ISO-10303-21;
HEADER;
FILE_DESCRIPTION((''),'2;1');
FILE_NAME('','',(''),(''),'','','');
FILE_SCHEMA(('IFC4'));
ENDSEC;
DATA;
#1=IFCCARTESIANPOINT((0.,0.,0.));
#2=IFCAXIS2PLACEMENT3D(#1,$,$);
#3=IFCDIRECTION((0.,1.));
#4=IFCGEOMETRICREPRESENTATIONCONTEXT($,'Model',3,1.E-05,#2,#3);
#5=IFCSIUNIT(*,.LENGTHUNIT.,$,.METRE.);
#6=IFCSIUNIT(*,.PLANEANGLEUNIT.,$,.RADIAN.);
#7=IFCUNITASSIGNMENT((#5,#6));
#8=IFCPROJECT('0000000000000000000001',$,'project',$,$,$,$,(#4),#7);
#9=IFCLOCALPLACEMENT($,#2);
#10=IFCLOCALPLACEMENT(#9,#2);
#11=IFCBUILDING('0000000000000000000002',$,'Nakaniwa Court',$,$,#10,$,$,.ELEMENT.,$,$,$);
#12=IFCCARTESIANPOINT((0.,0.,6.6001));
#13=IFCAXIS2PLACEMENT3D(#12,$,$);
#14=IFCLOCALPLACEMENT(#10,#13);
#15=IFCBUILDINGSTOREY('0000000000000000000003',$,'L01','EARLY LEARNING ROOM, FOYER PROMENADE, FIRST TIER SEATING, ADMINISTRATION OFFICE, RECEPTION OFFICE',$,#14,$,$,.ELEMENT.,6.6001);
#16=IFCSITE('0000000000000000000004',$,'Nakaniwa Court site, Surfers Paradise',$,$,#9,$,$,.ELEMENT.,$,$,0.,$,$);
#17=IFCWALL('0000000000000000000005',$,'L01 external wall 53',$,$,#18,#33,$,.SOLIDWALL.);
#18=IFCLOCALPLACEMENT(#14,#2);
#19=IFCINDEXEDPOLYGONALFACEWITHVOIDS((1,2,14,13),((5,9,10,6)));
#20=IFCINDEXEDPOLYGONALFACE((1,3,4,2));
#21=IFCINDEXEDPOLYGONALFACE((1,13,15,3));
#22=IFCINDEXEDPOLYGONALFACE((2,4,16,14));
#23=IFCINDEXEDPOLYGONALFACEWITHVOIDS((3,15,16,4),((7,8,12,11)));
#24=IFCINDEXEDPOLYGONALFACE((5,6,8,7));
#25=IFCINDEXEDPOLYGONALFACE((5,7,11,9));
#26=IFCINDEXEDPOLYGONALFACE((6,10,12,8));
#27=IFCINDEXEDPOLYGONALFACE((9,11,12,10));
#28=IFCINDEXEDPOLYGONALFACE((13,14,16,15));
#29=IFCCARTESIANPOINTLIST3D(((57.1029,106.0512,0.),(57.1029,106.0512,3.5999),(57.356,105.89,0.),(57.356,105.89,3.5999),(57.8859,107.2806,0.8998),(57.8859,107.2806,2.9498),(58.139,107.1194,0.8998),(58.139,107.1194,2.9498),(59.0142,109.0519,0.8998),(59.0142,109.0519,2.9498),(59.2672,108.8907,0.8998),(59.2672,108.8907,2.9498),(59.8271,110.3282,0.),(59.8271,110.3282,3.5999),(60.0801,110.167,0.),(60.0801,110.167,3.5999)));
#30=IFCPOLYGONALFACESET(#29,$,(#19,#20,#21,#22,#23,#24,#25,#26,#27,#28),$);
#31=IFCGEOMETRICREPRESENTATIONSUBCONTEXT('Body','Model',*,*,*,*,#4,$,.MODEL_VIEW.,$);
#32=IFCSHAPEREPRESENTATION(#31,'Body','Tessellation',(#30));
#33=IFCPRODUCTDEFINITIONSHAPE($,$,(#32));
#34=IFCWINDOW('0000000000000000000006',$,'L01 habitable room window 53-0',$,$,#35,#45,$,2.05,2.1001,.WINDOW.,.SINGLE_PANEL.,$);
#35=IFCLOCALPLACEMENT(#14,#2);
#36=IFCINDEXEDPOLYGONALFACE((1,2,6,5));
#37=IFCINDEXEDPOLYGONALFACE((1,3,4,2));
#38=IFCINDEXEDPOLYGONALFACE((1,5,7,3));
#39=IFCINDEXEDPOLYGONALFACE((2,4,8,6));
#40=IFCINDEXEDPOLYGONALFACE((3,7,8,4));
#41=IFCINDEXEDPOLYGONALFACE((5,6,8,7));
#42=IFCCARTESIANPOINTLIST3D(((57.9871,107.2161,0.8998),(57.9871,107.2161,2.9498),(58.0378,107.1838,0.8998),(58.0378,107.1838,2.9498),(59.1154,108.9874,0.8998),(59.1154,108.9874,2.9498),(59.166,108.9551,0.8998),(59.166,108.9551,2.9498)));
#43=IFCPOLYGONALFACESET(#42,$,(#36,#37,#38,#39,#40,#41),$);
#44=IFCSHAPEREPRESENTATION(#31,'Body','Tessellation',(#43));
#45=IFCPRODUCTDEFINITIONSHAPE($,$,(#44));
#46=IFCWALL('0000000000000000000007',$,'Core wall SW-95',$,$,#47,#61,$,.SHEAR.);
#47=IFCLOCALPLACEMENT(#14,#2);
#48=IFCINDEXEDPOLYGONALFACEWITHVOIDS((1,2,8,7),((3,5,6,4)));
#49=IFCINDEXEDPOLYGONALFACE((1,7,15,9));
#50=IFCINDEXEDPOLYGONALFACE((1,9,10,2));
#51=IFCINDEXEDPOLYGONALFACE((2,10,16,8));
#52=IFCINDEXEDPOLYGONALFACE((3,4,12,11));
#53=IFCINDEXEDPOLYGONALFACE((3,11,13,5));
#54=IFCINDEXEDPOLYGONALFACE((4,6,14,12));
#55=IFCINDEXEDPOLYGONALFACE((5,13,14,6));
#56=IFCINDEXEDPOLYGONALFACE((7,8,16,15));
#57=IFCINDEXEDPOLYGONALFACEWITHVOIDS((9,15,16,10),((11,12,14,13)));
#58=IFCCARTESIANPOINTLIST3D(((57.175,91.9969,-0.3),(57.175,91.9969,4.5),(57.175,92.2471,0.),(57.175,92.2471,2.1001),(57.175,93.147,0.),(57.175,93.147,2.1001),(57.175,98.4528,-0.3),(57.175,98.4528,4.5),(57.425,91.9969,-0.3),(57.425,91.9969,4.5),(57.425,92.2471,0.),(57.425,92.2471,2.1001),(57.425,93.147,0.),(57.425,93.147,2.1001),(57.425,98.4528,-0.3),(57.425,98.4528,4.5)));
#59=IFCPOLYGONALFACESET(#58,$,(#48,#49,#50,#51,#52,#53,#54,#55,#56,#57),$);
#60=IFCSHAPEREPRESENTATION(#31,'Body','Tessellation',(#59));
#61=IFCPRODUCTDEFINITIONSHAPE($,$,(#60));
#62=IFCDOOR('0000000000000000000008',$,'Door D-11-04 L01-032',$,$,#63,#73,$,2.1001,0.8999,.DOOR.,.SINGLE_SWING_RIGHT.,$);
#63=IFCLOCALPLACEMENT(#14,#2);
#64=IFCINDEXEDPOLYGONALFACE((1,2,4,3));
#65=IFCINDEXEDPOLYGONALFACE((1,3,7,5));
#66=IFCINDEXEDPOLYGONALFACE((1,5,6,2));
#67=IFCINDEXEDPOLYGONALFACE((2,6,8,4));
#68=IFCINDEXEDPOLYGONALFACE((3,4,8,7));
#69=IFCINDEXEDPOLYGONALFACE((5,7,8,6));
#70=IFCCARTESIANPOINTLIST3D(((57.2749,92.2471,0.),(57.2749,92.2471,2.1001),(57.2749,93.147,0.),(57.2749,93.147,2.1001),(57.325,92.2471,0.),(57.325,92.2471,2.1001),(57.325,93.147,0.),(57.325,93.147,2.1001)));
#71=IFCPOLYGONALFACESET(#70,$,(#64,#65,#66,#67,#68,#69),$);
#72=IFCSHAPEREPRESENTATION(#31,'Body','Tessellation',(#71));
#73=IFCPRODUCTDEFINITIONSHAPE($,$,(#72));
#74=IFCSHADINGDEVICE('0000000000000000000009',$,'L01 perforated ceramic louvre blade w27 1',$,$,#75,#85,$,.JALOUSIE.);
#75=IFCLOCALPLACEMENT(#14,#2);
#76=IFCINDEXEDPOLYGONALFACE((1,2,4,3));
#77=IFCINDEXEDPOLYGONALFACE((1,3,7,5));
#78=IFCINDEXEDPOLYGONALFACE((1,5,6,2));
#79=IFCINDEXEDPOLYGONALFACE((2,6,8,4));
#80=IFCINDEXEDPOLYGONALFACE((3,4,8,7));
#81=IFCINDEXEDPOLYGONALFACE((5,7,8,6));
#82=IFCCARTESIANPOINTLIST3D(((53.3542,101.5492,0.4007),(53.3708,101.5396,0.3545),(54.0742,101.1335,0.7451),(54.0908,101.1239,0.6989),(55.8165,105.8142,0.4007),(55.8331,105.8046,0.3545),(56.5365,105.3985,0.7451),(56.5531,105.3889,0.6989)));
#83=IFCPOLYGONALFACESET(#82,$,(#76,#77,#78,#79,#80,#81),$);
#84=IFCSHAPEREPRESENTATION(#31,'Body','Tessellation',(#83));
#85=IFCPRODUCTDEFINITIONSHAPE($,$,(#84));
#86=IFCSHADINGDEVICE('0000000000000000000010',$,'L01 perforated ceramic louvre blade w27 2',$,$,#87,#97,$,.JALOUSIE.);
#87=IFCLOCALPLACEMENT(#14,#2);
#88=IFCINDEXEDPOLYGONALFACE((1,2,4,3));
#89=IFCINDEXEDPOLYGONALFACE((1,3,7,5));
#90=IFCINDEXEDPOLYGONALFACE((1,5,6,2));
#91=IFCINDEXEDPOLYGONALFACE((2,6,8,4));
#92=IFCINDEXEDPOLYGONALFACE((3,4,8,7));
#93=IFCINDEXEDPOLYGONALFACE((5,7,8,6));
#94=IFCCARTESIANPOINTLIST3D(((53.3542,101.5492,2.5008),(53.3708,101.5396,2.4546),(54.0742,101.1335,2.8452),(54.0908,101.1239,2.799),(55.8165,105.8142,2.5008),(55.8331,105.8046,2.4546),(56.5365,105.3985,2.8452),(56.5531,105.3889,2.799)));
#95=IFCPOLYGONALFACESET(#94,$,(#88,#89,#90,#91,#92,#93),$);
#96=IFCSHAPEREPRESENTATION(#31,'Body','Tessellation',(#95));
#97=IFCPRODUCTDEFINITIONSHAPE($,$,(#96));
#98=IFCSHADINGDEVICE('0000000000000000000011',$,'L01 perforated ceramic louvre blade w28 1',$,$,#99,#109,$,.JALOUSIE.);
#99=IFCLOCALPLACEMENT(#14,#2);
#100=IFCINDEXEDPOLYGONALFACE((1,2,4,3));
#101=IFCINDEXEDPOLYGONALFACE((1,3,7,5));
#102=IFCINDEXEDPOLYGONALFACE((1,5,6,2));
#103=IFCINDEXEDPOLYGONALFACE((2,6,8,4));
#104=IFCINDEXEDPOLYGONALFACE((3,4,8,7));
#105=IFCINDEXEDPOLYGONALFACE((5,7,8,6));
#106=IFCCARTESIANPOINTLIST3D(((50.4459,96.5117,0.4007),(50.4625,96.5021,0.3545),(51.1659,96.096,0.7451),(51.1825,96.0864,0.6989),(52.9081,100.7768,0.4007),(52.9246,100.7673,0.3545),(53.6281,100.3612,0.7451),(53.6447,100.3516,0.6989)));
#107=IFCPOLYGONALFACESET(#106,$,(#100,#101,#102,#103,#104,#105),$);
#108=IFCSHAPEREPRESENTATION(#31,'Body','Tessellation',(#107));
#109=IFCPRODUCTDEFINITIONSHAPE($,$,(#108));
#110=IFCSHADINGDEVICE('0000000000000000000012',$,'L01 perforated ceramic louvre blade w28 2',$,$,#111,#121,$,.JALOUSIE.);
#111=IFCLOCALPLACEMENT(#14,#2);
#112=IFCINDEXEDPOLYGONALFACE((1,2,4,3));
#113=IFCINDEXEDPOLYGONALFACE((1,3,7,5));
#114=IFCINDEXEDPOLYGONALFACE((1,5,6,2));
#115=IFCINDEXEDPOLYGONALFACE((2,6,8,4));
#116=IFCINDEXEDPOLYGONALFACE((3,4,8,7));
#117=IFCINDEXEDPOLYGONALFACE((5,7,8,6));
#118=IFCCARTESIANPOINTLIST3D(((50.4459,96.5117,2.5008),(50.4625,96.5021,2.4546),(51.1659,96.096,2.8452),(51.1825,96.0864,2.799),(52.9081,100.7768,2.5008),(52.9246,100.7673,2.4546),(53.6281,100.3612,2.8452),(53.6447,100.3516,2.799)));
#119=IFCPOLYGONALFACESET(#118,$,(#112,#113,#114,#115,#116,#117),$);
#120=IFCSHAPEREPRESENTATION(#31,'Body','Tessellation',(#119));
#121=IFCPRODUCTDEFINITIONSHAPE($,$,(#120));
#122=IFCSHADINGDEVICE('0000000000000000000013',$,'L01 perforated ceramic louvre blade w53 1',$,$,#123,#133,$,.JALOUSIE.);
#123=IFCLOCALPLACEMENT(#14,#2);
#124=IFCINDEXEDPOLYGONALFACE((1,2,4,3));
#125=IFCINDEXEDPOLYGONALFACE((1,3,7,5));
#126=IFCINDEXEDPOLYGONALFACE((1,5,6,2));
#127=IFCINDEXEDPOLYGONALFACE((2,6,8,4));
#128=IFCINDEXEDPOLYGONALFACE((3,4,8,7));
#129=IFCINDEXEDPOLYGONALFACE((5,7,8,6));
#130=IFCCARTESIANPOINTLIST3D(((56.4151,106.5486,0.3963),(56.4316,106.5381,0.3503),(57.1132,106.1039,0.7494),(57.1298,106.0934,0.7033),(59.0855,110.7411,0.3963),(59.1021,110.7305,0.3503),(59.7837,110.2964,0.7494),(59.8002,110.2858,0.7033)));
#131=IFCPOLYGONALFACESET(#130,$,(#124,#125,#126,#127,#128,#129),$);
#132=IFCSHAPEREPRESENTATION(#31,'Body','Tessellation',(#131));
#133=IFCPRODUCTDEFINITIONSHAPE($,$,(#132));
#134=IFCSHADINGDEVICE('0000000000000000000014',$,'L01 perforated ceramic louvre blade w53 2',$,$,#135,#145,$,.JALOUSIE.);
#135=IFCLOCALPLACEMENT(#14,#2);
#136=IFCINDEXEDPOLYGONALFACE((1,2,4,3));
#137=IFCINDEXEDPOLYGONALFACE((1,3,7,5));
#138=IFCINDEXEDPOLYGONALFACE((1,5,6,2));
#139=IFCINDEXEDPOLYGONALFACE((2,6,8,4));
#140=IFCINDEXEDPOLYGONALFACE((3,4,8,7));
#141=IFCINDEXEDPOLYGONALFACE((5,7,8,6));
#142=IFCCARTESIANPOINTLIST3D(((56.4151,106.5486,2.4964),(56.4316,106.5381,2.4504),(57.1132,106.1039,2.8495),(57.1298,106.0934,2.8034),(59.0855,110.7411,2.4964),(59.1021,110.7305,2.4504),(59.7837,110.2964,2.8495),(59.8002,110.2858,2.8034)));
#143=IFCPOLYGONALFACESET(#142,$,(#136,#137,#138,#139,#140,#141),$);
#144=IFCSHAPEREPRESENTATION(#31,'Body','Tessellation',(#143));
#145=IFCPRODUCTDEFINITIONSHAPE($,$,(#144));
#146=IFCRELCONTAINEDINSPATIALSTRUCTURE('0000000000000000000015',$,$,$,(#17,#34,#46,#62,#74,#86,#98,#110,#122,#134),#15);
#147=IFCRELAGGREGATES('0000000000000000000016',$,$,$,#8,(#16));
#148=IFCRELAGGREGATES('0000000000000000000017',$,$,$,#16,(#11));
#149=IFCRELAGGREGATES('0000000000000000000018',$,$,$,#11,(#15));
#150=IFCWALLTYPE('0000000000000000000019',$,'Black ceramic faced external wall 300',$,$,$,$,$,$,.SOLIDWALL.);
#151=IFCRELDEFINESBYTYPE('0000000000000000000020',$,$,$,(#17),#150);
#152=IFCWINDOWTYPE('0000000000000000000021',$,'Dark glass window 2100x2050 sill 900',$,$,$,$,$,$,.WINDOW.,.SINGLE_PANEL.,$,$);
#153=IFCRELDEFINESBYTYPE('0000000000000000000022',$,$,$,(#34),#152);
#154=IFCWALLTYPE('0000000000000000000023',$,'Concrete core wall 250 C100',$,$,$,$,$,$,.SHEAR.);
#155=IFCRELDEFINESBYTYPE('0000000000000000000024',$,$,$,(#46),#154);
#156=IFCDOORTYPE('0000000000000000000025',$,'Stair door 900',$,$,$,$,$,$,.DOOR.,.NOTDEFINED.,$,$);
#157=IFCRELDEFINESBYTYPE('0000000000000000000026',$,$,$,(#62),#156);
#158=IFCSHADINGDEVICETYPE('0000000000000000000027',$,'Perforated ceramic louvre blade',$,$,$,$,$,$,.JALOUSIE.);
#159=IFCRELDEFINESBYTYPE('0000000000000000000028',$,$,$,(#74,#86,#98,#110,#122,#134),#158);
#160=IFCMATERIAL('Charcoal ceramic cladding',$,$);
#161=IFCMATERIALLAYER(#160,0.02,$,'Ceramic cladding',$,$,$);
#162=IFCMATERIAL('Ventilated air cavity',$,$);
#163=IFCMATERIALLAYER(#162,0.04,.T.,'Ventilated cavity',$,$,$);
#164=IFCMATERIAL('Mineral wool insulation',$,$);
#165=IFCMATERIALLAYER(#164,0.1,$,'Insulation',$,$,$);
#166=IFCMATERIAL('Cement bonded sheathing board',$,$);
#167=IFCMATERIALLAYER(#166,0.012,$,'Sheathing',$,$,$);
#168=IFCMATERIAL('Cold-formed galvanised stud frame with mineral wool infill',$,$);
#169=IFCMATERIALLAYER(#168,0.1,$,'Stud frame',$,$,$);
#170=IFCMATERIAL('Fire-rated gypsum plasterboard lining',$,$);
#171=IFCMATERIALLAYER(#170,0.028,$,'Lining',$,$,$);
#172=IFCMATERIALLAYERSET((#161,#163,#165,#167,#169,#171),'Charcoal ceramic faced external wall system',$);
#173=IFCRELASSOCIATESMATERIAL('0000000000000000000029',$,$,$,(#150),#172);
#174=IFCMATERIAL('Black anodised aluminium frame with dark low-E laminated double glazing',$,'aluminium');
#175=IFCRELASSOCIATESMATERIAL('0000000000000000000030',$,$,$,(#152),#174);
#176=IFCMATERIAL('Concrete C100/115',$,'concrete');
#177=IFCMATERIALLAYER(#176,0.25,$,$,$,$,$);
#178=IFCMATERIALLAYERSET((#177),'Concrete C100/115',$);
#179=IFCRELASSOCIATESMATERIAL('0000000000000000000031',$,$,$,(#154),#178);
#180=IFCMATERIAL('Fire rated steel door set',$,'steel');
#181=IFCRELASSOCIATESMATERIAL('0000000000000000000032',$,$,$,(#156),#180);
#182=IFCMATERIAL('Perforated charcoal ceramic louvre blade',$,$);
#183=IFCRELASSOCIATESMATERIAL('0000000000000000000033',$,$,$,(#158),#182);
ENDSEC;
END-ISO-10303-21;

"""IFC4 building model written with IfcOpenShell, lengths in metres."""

from ifc_helpers import new_model, si_unit, direction, frame, frame_2d, origin, origin_2d, place, context, subcontext, project, spatial, rectangle, extrude, material, layer, layer_set, material_profile, profile_set, type_object, element, fill, save


model = new_model("IFC4")

# Units and contexts
model_context = context("Model", 3, precision=1e-05, world=origin(), true_north=direction((0.0, 1.0)))
body_context = subcontext(model_context, "Body", "Model", "MODEL_VIEW")
ifc_project = project(units=[si_unit("LENGTHUNIT", "METRE"), si_unit("PLANEANGLEUNIT", "RADIAN")], contexts=[model_context])

# Site, building, storey
site_placement = place(None, origin())
site = spatial("IfcSite", under=ifc_project, at=site_placement, Name="Nakaniwa Court site, Surfers Paradise", CompositionType="ELEMENT", RefElevation=0.0)
building_placement = place(site_placement, origin())
building = spatial("IfcBuilding", under=site, at=building_placement, Name="Nakaniwa Court", CompositionType="ELEMENT")
storey_placement = place(building_placement, frame((0.0, 0.0, 6.6001)))
storey = spatial("IfcBuildingStorey", under=building, at=storey_placement, Name="L01", Description="EARLY LEARNING ROOM, FOYER PROMENADE, FIRST TIER SEATING, ADMINISTRATION OFFICE, RECEPTION OFFICE", CompositionType="ELEMENT", Elevation=6.6001)

# Shared definitions
ifc_material_1 = material(Name="Concrete C100/115", Category="concrete")

# Wall, opening, window
ifc_material_2 = material(Name="Charcoal ceramic cladding")
ifc_layer_1 = layer(ifc_material_2, 0.02, Name="Ceramic cladding")
ifc_material_3 = material(Name="Ventilated air cavity")
ifc_layer_2 = layer(ifc_material_3, 0.04, ventilated=True, Name="Ventilated cavity")
ifc_material_4 = material(Name="Mineral wool insulation")
ifc_layer_3 = layer(ifc_material_4, 0.1, Name="Insulation")
ifc_material_5 = material(Name="Cement bonded sheathing board")
ifc_layer_4 = layer(ifc_material_5, 0.012, Name="Sheathing")
ifc_material_6 = material(Name="Cold-formed galvanised stud frame with mineral wool infill")
ifc_layer_5 = layer(ifc_material_6, 0.1, Name="Stud frame")
ifc_material_7 = material(Name="Fire-rated gypsum plasterboard lining")
ifc_layer_6 = layer(ifc_material_7, 0.028, Name="Lining")
ifc_layer_set_1 = layer_set([ifc_layer_1, ifc_layer_2, ifc_layer_3, ifc_layer_4, ifc_layer_5, ifc_layer_6], Name="Charcoal ceramic faced external wall system")
wall_type_1 = type_object("IfcWallType", Name="Black ceramic faced external wall 300", PredefinedType="SOLIDWALL", material=ifc_layer_set_1)
ifc_material_8 = material(Name="Black anodised aluminium frame with dark low-E laminated double glazing", Category="aluminium")
window_type = type_object("IfcWindowType", Name="Dark glass window 2100x2050 sill 900", PartitioningType="SINGLE_PANEL", PredefinedType="WINDOW", material=ifc_material_8)
wall_1_placement = place(storey_placement, frame((59.9536, 110.2476, 0.0), z_axis=(0.0, 0.0, 1.0), x_axis=(-0.537224, -0.843439, 0.0)))
wall_1 = element("IfcWall", 1, at=wall_1_placement, inside=storey, type_object=wall_type_1, Name="L01 external wall 53", PredefinedType="SOLIDWALL", context=body_context, shape_type="SweptSolid", body=[
    extrude(rectangle(XDim=5.0708, YDim=0.3, at=frame_2d((2.5354, 0.0))), origin(), (0.0, 0.0, 1.0), 3.5999),
])
opening_1_placement = place(wall_1_placement, frame((1.5132, 0.0, 0.8999)))
opening_1 = element("IfcOpeningElement", 2, at=opening_1_placement, cuts=wall_1, PredefinedType="OPENING", context=body_context, shape_type="SweptSolid", body=[
    extrude(rectangle(XDim=2.1001, YDim=2.05, at=frame_2d((1.05, 1.0249))), frame((0.0, 0.1599, 0.0), z_axis=(0.0, -1.0, 0.0), x_axis=(1.0, 0.0, 0.0)), (0.0, 0.0, 1.0), 0.3201),
])
window_1_placement = place(opening_1_placement, origin())
window_1 = element("IfcWindow", 3, at=window_1_placement, inside=storey, type_object=window_type, Name="L01 habitable room window 53-0", OverallHeight=2.05, OverallWidth=2.1001, PartitioningType="SINGLE_PANEL", PredefinedType="WINDOW", context=body_context, shape_type="SweptSolid", body=[
    extrude(rectangle(XDim=2.1001, YDim=2.05, at=frame_2d((1.05, 1.0249))), frame((0.0, 0.03, 0.0), z_axis=(0.0, -1.0, 0.0), x_axis=(1.0, 0.0, 0.0)), (0.0, 0.0, 1.0), 0.0601),
])
fill(opening_1, window_1)

# Wall, opening, door
ifc_layer_7 = layer(ifc_material_1, 0.25)
ifc_layer_set_2 = layer_set([ifc_layer_7], Name="Concrete C100/115")
wall_type_2 = type_object("IfcWallType", Name="Concrete core wall 250 C100", PredefinedType="SHEAR", material=ifc_layer_set_2)
wall_2_placement = place(storey_placement, frame((57.3, 98.4529, -0.3), z_axis=(0.0, 0.0, 1.0), x_axis=(0.0, -1.0, 0.0)))
wall_2 = element("IfcWall", 4, at=wall_2_placement, inside=storey, type_object=wall_type_2, Name="Core wall SW-95", PredefinedType="SHEAR", context=body_context, shape_type="SweptSolid", body=[
    extrude(rectangle(XDim=6.4558, YDim=0.25, at=frame_2d((3.228, 0.0))), origin(), (0.0, 0.0, 1.0), 4.8),
])
opening_2_placement = place(wall_2_placement, frame((5.3059, 0.0, 0.3)))
opening_2 = element("IfcOpeningElement", 5, at=opening_2_placement, cuts=wall_2, PredefinedType="OPENING", context=body_context, shape_type="SweptSolid", body=[
    extrude(rectangle(XDim=0.8999, YDim=2.1001, at=frame_2d((0.45, 1.05))), frame((0.0, 0.135, 0.0), z_axis=(0.0, -1.0, 0.0), x_axis=(1.0, 0.0, 0.0)), (0.0, 0.0, 1.0), 0.27),
])
ifc_material_9 = material(Name="Fire rated steel door set", Category="steel")
door_type_1 = type_object("IfcDoorType", Name="Stair door 900", OperationType="NOTDEFINED", PredefinedType="DOOR", material=ifc_material_9)
door_1_placement = place(opening_2_placement, origin())
door_1 = element("IfcDoor", 6, at=door_1_placement, inside=storey, type_object=door_type_1, Name="Door D-11-04 L01-032", OperationType="SINGLE_SWING_RIGHT", OverallHeight=2.1001, OverallWidth=0.8999, PredefinedType="DOOR", context=body_context, shape_type="SweptSolid", body=[
    extrude(rectangle(XDim=0.8999, YDim=2.1001, at=frame_2d((0.45, 1.05))), frame((0.0, 0.0249, 0.0), z_axis=(0.0, -1.0, 0.0), x_axis=(1.0, 0.0, 0.0)), (0.0, 0.0, 1.0), 0.05),
])
fill(opening_2, door_1)

# Shading devices
ifc_material_10 = material(Name="Perforated charcoal ceramic louvre blade")
ifc_material_profile_1 = material_profile(ifc_material_10, rectangle(XDim=0.8999, YDim=0.05, at=origin_2d()), Name="Perforated ceramic louvre blade")
ifc_profile_set_1 = profile_set([ifc_material_profile_1], Name="Perforated charcoal ceramic louvre blade")
shading_device_type = type_object("IfcShadingDeviceType", Name="Perforated ceramic louvre blade", PredefinedType="JALOUSIE", material=ifc_profile_set_1)
for number, where, z_axis, x_axis, name in (
    (7, (56.1848, 105.6016, 0.5498), (-0.499989, -0.866032, 0.0), (0.800109, -0.461929, 0.382683), "L01 perforated ceramic louvre blade w27 1"),
    (8, (56.1848, 105.6016, 2.6499), (-0.499989, -0.866032, 0.0), (0.800109, -0.461929, 0.382683), "L01 perforated ceramic louvre blade w27 2"),
    (9, (53.2764, 100.5642, 0.5498), (-0.499951, -0.866054, 0.0), (0.800129, -0.461895, 0.382683), "L01 perforated ceramic louvre blade w28 1"),
    (10, (53.2764, 100.5642, 2.6499), (-0.499951, -0.866054, 0.0), (0.800129, -0.461895, 0.382683), "L01 perforated ceramic louvre blade w28 2"),
):
    element("IfcShadingDevice", number, at=place(storey_placement, frame(where, z_axis=z_axis, x_axis=x_axis)), inside=storey, type_object=shading_device_type, Name=name, PredefinedType="JALOUSIE", context=body_context, shape_type="SweptSolid", body=[
        extrude(rectangle(XDim=0.8999, YDim=0.05, at=origin_2d()), origin(), (0.0, 0.0, 1.0), 4.9248),
    ])
for number, where, z_axis, x_axis, name in (
    (11, (59.4429, 110.5134, 0.5498), (-0.537238, -0.843431, 0.0), (0.775806, -0.494163, 0.392337), "L01 perforated ceramic louvre blade w53 1"),
    (12, (59.4429, 110.5134, 2.6499), (-0.537238, -0.843431, 0.0), (0.775806, -0.494163, 0.392337), "L01 perforated ceramic louvre blade w53 2"),
):
    element("IfcShadingDevice", number, at=place(storey_placement, frame(where, z_axis=z_axis, x_axis=x_axis)), inside=storey, type_object=shading_device_type, Name=name, PredefinedType="JALOUSIE", context=body_context, shape_type="SweptSolid", body=[
        extrude(rectangle(XDim=0.8999, YDim=0.05, at=origin_2d()), origin(), (0.0, 0.0, 1.0), 4.9707),
    ])

save(model, "model.ifc")
